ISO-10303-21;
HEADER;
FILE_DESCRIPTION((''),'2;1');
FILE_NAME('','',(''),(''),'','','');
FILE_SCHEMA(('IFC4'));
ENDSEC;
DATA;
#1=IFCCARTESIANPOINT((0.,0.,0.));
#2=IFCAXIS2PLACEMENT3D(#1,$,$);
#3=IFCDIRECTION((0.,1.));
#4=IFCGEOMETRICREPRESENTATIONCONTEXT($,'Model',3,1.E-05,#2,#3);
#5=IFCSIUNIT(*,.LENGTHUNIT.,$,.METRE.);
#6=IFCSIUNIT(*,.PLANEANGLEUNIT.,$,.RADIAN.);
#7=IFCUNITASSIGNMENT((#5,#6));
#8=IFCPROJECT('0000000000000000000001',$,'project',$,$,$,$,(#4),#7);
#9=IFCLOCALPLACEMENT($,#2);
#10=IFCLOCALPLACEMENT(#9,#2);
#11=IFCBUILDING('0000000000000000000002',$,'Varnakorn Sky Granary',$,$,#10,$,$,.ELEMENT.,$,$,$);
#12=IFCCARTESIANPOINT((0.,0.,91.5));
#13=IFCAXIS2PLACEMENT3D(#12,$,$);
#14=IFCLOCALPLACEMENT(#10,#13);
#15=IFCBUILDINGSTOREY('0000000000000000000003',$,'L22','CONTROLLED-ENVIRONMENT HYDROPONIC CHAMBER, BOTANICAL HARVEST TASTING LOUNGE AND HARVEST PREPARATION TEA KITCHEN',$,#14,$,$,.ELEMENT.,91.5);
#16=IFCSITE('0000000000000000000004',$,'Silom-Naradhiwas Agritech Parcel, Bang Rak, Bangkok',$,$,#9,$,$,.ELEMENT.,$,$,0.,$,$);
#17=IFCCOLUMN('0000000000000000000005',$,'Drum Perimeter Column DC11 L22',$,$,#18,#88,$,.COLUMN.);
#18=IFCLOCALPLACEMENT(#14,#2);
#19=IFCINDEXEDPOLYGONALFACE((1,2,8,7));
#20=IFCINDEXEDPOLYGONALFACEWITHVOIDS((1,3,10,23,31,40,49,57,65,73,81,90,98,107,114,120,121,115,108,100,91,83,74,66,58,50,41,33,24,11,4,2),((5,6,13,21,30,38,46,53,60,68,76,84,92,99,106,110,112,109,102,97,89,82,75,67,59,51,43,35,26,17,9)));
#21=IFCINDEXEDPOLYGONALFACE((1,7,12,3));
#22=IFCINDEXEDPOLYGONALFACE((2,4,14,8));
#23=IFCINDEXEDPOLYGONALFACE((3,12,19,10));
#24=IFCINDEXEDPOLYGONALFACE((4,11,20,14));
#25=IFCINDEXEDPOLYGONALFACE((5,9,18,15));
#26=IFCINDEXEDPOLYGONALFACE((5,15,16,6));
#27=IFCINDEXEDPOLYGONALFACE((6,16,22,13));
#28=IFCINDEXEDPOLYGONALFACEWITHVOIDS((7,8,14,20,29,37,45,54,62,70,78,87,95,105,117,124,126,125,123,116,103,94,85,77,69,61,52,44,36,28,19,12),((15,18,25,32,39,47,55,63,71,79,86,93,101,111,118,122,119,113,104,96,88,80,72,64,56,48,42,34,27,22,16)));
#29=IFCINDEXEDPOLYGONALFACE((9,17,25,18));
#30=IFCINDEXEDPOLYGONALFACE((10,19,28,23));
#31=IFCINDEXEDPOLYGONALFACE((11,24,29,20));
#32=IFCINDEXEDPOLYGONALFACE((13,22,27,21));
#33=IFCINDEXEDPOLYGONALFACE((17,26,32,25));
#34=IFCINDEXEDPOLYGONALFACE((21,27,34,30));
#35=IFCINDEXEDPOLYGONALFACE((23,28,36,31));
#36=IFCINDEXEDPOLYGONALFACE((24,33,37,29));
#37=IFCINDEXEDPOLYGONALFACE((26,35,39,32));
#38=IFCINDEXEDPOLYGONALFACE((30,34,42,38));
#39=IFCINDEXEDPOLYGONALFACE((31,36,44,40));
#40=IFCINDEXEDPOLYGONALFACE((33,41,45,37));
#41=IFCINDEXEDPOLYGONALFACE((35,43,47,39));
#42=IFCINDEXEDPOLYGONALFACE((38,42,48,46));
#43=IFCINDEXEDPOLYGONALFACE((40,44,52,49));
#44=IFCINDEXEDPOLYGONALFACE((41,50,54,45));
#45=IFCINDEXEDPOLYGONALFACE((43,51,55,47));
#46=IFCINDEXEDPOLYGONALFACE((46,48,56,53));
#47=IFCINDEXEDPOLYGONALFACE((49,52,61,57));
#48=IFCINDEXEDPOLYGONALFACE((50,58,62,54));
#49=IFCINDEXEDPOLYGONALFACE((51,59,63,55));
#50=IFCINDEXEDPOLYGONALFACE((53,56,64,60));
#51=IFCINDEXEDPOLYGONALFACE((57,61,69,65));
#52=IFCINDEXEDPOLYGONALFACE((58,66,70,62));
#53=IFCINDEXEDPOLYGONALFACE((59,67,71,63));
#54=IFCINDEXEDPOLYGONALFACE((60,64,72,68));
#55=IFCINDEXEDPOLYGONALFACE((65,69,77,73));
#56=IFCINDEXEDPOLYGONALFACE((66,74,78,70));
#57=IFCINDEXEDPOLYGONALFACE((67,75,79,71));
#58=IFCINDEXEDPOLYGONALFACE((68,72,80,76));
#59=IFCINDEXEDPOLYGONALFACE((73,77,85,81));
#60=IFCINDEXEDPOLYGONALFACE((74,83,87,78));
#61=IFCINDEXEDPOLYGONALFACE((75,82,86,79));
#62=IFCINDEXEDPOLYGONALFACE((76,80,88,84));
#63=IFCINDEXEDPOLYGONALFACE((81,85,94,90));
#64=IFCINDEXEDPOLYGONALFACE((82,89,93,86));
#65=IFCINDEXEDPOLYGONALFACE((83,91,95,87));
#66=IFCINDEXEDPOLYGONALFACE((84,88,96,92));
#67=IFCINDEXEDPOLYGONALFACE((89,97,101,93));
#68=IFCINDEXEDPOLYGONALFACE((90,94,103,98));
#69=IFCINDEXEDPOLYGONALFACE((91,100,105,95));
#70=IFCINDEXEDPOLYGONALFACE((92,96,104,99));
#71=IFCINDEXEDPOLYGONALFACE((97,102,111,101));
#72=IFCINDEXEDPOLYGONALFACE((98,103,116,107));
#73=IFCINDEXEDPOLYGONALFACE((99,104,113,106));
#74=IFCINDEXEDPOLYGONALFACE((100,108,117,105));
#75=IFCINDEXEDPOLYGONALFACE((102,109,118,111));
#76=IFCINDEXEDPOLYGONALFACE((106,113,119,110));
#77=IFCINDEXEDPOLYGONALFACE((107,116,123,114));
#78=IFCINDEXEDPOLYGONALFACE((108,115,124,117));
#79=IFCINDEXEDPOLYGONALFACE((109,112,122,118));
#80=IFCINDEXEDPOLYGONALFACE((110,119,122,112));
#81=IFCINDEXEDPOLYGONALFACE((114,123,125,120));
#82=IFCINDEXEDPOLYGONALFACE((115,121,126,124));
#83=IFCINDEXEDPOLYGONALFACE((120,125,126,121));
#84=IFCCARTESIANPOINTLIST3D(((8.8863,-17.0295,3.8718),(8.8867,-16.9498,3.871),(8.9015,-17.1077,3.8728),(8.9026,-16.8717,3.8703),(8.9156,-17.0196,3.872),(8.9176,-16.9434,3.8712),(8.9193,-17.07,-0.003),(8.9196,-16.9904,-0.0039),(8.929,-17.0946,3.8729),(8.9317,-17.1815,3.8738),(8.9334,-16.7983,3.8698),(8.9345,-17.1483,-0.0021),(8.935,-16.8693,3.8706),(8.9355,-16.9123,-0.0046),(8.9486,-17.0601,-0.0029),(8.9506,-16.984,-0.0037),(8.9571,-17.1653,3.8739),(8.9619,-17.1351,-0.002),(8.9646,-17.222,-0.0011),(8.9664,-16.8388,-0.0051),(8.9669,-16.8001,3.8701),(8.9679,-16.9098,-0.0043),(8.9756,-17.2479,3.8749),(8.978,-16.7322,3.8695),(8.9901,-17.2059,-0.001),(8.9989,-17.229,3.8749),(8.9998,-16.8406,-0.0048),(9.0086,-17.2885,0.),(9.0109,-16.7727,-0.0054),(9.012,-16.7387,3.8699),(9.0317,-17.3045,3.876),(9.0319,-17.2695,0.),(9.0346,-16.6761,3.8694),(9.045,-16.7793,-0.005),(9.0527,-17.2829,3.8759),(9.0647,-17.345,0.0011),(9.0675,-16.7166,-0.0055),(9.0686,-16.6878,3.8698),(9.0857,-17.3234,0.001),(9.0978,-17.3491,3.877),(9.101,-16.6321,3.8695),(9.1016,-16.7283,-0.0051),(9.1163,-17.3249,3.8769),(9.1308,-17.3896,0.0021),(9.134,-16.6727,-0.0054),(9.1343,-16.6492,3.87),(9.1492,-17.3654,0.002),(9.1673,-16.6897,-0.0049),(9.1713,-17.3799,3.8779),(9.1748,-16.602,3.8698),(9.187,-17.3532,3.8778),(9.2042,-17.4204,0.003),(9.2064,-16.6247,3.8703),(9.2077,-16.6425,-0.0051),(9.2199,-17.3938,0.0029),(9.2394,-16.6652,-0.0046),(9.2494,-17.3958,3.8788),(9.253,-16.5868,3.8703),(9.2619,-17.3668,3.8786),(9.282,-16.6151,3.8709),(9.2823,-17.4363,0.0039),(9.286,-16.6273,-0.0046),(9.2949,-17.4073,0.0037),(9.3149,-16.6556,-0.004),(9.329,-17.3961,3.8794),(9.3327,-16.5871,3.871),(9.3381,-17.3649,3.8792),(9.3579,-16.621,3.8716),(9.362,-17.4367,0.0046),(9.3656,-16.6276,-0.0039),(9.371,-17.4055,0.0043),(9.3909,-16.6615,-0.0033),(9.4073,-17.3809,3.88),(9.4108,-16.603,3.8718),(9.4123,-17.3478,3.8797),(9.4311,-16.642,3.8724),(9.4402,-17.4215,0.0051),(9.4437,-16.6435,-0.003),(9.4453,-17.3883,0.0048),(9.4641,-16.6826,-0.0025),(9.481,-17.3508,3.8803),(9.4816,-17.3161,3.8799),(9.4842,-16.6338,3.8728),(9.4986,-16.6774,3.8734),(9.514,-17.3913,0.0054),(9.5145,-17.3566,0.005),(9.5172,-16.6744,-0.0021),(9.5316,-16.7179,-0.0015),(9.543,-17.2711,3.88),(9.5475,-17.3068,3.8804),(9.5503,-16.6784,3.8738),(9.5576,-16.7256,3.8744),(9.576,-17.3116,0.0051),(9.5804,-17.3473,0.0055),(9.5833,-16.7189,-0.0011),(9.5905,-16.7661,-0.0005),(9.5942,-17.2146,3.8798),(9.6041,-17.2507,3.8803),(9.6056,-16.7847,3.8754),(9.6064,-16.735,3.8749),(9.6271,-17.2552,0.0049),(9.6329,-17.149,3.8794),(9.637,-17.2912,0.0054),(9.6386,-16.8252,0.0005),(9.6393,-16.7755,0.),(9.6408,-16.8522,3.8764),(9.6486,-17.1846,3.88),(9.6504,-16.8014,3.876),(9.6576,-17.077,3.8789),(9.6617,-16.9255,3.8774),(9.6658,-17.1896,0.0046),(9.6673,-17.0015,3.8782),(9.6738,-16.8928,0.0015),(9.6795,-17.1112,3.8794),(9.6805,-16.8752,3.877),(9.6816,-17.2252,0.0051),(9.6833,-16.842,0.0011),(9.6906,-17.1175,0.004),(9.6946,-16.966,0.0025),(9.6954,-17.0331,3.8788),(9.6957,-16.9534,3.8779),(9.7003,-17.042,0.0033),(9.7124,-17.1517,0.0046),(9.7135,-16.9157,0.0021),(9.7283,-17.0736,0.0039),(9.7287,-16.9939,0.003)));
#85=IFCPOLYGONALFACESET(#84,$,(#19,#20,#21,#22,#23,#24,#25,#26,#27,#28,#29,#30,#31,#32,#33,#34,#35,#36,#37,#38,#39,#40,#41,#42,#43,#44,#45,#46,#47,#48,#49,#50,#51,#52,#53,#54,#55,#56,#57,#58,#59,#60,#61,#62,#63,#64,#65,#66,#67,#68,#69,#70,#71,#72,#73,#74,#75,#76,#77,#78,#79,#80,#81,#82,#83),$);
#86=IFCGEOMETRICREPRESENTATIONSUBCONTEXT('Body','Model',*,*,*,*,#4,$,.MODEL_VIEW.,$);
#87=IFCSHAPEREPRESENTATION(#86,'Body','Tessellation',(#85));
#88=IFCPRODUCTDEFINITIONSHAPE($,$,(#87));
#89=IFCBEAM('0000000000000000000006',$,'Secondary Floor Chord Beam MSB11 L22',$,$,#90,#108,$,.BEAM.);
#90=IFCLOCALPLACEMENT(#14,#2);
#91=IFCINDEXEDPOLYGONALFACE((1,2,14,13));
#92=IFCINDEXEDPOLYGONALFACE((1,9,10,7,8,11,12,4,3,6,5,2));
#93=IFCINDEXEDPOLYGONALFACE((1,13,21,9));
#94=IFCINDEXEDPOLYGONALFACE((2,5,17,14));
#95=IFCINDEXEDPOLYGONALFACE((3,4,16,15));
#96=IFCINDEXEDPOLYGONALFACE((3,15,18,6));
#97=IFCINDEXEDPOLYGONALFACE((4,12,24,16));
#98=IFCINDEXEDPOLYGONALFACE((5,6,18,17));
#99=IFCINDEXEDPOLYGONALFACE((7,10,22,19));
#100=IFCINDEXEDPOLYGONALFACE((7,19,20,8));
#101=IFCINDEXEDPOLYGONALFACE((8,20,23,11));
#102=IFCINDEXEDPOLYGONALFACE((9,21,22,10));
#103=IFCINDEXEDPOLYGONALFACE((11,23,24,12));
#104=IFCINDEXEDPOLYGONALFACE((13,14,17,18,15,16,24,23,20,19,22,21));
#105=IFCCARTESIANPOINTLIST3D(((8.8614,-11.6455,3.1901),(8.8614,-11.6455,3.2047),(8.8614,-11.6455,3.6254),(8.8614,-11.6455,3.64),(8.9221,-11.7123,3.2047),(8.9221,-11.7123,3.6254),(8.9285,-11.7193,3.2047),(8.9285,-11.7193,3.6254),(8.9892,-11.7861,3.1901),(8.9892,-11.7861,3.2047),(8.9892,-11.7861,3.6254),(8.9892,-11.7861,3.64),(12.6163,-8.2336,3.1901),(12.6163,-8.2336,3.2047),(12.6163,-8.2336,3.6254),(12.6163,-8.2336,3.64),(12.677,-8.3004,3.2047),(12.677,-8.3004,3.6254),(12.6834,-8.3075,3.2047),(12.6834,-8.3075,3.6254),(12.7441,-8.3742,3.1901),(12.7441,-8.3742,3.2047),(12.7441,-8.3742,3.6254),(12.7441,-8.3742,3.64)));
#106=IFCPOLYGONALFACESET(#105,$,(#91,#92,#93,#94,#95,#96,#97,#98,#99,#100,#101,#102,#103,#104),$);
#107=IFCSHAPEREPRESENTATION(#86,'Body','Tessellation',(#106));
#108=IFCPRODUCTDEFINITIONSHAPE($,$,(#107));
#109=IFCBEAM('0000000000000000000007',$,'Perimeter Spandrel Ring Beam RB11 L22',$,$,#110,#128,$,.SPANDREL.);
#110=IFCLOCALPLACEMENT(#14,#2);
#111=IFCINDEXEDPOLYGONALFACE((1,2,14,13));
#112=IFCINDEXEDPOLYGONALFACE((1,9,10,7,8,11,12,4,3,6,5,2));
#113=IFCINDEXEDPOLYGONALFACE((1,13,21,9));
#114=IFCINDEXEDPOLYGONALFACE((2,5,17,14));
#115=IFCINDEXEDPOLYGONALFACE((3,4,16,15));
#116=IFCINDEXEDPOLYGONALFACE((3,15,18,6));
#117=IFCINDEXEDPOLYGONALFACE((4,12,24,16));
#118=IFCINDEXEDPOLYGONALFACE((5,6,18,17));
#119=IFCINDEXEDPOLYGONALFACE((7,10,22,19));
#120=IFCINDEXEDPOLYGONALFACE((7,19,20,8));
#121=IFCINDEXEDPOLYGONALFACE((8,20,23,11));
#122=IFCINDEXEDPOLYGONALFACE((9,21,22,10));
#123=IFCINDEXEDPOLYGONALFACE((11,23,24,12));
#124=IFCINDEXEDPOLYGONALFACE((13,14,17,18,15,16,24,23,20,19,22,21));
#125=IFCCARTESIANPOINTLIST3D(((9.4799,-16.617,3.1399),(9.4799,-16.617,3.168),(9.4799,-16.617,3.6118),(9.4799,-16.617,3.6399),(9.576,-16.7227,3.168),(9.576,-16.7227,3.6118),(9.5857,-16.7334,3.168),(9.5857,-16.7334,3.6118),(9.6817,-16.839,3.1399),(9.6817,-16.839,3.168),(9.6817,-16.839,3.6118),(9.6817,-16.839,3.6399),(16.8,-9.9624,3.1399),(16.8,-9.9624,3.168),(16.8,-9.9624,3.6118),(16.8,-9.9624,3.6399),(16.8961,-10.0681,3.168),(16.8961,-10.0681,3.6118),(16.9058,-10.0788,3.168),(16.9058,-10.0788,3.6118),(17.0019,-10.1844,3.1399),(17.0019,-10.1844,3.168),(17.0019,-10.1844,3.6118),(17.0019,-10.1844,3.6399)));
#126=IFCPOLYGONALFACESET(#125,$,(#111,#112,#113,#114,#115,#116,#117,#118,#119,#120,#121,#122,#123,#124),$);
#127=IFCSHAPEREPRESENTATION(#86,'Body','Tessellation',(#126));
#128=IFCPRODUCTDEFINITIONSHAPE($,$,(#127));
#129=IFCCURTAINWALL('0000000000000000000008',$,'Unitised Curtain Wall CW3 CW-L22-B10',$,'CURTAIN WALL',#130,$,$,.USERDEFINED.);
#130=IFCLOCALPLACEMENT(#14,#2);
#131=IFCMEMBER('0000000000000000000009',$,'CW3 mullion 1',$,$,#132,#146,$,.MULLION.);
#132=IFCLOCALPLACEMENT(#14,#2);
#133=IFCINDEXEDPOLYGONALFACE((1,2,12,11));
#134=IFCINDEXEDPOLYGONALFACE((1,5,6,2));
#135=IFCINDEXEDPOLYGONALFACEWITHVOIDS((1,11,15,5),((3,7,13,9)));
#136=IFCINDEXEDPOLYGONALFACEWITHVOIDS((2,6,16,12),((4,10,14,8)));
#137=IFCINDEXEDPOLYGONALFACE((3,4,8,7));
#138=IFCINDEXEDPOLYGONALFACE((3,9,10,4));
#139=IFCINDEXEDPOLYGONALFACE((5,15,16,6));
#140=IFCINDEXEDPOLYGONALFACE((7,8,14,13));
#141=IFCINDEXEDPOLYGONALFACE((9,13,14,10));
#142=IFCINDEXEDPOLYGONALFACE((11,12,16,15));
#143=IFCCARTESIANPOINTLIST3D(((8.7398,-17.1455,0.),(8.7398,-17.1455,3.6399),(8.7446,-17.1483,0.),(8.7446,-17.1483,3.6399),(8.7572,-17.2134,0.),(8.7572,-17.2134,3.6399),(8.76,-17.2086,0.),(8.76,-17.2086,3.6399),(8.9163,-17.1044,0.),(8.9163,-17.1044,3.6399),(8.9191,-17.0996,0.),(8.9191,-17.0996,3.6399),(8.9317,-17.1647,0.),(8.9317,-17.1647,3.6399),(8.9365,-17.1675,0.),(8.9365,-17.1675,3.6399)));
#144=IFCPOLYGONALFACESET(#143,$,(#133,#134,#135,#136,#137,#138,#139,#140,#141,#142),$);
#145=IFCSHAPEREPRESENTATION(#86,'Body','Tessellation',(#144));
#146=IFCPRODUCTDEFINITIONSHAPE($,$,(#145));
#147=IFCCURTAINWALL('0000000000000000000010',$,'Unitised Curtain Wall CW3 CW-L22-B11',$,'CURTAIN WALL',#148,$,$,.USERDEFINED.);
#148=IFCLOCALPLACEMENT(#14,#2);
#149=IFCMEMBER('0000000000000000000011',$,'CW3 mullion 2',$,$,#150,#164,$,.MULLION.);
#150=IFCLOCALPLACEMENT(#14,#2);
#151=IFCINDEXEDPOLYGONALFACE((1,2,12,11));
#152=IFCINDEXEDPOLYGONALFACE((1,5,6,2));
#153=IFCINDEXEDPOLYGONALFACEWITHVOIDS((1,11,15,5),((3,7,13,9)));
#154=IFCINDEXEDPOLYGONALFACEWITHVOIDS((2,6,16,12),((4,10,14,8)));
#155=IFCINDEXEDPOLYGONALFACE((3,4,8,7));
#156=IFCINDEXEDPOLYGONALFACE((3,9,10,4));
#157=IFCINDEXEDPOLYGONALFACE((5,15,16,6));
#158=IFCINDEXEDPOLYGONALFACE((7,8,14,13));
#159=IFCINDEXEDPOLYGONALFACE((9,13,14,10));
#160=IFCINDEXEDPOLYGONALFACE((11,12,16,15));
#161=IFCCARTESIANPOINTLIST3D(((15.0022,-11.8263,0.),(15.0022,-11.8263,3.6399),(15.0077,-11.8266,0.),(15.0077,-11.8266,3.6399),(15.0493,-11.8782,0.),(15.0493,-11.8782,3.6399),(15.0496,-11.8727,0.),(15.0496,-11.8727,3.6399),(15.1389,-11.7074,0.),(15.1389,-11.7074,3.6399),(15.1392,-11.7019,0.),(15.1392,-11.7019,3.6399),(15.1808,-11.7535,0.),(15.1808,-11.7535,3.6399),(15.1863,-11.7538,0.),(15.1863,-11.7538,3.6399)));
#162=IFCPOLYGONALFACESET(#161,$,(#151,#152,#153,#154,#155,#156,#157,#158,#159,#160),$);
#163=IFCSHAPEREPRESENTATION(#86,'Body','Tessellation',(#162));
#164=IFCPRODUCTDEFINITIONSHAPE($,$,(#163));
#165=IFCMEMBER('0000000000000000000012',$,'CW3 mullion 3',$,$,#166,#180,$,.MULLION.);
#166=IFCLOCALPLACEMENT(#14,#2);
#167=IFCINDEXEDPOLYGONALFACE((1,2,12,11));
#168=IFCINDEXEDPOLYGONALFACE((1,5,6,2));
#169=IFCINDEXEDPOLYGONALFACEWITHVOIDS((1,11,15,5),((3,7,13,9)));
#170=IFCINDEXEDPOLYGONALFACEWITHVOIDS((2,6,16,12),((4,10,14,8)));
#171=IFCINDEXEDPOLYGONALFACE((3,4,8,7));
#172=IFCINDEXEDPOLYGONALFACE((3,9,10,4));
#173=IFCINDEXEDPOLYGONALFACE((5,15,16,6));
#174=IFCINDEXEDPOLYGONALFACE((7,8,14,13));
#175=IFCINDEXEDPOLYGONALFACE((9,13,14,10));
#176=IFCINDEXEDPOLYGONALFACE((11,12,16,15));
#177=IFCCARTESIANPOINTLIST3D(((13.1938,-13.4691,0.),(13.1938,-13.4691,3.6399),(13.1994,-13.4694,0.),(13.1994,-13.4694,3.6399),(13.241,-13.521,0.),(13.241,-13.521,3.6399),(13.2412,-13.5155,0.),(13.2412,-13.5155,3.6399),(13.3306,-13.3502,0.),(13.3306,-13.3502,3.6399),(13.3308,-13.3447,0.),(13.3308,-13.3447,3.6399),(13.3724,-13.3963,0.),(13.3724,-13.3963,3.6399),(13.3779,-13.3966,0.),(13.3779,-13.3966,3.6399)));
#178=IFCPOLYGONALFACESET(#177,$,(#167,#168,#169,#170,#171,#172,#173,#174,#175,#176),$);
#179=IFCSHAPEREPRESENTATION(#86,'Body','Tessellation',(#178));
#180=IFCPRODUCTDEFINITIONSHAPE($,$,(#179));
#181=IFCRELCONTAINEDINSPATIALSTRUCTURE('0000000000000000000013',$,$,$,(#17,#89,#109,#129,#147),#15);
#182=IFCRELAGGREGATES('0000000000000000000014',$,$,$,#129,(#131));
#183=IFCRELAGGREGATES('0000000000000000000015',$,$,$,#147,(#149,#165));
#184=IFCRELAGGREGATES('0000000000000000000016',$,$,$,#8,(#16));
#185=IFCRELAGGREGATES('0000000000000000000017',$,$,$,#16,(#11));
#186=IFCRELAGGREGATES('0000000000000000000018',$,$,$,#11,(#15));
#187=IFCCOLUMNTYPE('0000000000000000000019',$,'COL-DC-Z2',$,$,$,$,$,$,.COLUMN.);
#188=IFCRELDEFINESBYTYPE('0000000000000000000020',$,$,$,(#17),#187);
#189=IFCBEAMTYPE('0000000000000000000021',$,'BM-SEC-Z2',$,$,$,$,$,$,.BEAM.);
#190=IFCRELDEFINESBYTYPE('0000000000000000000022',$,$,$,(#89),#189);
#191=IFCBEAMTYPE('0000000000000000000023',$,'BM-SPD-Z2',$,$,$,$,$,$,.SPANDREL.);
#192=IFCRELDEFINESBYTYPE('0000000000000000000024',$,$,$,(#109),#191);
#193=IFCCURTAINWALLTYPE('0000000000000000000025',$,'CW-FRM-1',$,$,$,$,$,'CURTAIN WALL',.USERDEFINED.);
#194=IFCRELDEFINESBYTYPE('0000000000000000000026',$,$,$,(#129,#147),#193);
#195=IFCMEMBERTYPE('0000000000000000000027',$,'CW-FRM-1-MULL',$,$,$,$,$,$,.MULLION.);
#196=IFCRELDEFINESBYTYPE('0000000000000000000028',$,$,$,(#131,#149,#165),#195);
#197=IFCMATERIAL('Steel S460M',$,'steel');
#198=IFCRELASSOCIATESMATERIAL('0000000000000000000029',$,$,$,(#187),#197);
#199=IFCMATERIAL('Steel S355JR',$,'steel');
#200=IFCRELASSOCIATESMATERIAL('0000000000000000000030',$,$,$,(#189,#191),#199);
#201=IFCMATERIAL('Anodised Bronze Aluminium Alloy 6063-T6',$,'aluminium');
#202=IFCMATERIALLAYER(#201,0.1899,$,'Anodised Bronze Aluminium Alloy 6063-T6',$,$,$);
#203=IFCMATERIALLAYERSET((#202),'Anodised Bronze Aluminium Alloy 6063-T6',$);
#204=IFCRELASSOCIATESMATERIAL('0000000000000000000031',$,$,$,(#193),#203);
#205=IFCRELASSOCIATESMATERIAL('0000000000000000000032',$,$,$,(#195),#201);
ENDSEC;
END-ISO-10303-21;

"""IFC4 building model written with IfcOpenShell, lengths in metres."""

from ifc_helpers import new_model, si_unit, direction, frame, origin, origin_2d, place, context, subcontext, project, spatial, hollow_rectangle, hollow_circle, i_section, extrude, material, layer, layer_set, material_profile, profile_set, type_object, element, aggregate, save


model = new_model("IFC4")

# Units and contexts
model_context = context("Model", 3, precision=1e-05, world=origin(), true_north=direction((0.0, 1.0)))
body_context = subcontext(model_context, "Body", "Model", "MODEL_VIEW")
ifc_project = project(units=[si_unit("LENGTHUNIT", "METRE"), si_unit("PLANEANGLEUNIT", "RADIAN")], contexts=[model_context])

# Site, building, storey
site_placement = place(None, origin())
site = spatial("IfcSite", under=ifc_project, at=site_placement, Name="Silom-Naradhiwas Agritech Parcel, Bang Rak, Bangkok", CompositionType="ELEMENT", RefElevation=0.0)
building_placement = place(site_placement, origin())
building = spatial("IfcBuilding", under=site, at=building_placement, Name="Varnakorn Sky Granary", CompositionType="ELEMENT")
storey_placement = place(building_placement, frame((0.0, 0.0, 91.5)))
storey = spatial("IfcBuildingStorey", under=building, at=storey_placement, Name="L22", Description="CONTROLLED-ENVIRONMENT HYDROPONIC CHAMBER, BOTANICAL HARVEST TASTING LOUNGE AND HARVEST PREPARATION TEA KITCHEN", CompositionType="ELEMENT", Elevation=91.5)

# Column
ifc_material_1 = material(Name="Steel S460M", Category="steel")
ifc_material_profile_1 = material_profile(ifc_material_1, hollow_circle(Radius=0.4065, WallThickness=0.03, at=origin_2d()), Name="CHS 813x30")
ifc_profile_set_1 = profile_set([ifc_material_profile_1], Name="Steel S460M")
column_type = type_object("IfcColumnType", Name="COL-DC-Z2", PredefinedType="COLUMN", material=ifc_profile_set_1)
column_placement = place(storey_placement, frame((9.324, -17.032, 0.0), z_axis=(-0.008505, 0.010458, 0.999909), x_axis=(-0.775828, -0.630944, 0.0)))
element("IfcColumn", 1, at=column_placement, inside=storey, type_object=column_type, Name="Drum Perimeter Column DC11 L22", PredefinedType="COLUMN", context=body_context, shape_type="SweptSolid", body=[
    extrude(hollow_circle(Radius=0.4065, WallThickness=0.03, at=origin_2d()), origin(), (0.0, 0.0, 1.0), 3.8752),
])

# Beams
ifc_material_2 = material(Name="Steel S355JR", Category="steel")
ifc_material_profile_2 = material_profile(ifc_material_2, i_section(OverallWidth=0.1899, OverallDepth=0.45, WebThickness=0.0095, FlangeThickness=0.0146, at=origin_2d()), Name="IPE 450")
ifc_profile_set_2 = profile_set([ifc_material_profile_2], Name="Steel S355JR")
beam_type_1 = type_object("IfcBeamType", Name="BM-SEC-Z2", PredefinedType="BEAM", material=ifc_profile_set_2)
beam_1_placement = place(storey_placement, frame((8.9253, -11.7158, 3.415), z_axis=(0.740103, 0.672493, 0.0), x_axis=(-0.672493, 0.740103, 0.0)))
element("IfcBeam", 2, at=beam_1_placement, inside=storey, type_object=beam_type_1, Name="Secondary Floor Chord Beam MSB11 L22", PredefinedType="BEAM", context=body_context, shape_type="SweptSolid", body=[
    extrude(i_section(OverallWidth=0.1899, OverallDepth=0.45, WebThickness=0.0095, FlangeThickness=0.0146, at=origin_2d()), origin(), (0.0, 0.0, 1.0), 5.0735),
])
ifc_material_profile_3 = material_profile(ifc_material_2, i_section(OverallWidth=0.3, OverallDepth=0.5, WebThickness=0.0144, FlangeThickness=0.0281, at=origin_2d()), Name="HE 500 B")
ifc_profile_set_3 = profile_set([ifc_material_profile_3], Name="Steel S355JR")
beam_type_2 = type_object("IfcBeamType", Name="BM-SPD-Z2", PredefinedType="SPANDREL", material=ifc_profile_set_3)
beam_2_placement = place(storey_placement, frame((9.5808, -16.728, 3.3899), z_axis=(0.739943, 0.672669, 0.0), x_axis=(-0.672669, 0.739943, 0.0)))
element("IfcBeam", 3, at=beam_2_placement, inside=storey, type_object=beam_type_2, Name="Perimeter Spandrel Ring Beam RB11 L22", PredefinedType="SPANDREL", context=body_context, shape_type="SweptSolid", body=[
    extrude(i_section(OverallWidth=0.3, OverallDepth=0.5, WebThickness=0.0144, FlangeThickness=0.0281, at=origin_2d()), origin(), (0.0, 0.0, 1.0), 9.8928),
])

# Curtain wall, member
ifc_material_3 = material(Name="Anodised Bronze Aluminium Alloy 6063-T6", Category="aluminium")
ifc_layer_1 = layer(ifc_material_3, 0.1899, Name="Anodised Bronze Aluminium Alloy 6063-T6")
ifc_layer_set_1 = layer_set([ifc_layer_1], Name="Anodised Bronze Aluminium Alloy 6063-T6")
curtain_wall_type = type_object("IfcCurtainWallType", Name="CW-FRM-1", ElementType="CURTAIN WALL", PredefinedType="USERDEFINED", material=ifc_layer_set_1)
curtain_wall_1_placement = place(storey_placement, origin())
curtain_wall_1 = element("IfcCurtainWall", 4, at=curtain_wall_1_placement, inside=storey, type_object=curtain_wall_type, Name="Unitised Curtain Wall CW3 CW-L22-B10", ObjectType="CURTAIN WALL", PredefinedType="USERDEFINED")
ifc_material_profile_4 = material_profile(ifc_material_3, hollow_rectangle(XDim=0.0701, YDim=0.1851, WallThickness=0.0039, at=origin_2d()), Name="ALU MULL 70x185")
ifc_profile_set_4 = profile_set([ifc_material_profile_4], Name="Anodised Bronze Aluminium Alloy 6063-T6")
member_type_1 = type_object("IfcMemberType", Name="CW-FRM-1-MULL", PredefinedType="MULLION", material=ifc_profile_set_4)
member_1_placement = place(storey_placement, frame((8.8381, -17.1565, 0.0), z_axis=(0.0, 0.0, 1.0), x_axis=(0.247904, -0.968785, 0.0)))
member_1 = element("IfcMember", 5, at=member_1_placement, type_object=member_type_1, Name="CW3 mullion 1", PredefinedType="MULLION", context=body_context, shape_type="SweptSolid", body=[
    extrude(hollow_rectangle(XDim=0.0701, YDim=0.1851, WallThickness=0.0039, at=origin_2d()), origin(), (0.0, 0.0, 1.0), 3.6399),
])

# Curtain wall, members
curtain_wall_2_placement = place(storey_placement, origin())
curtain_wall_2 = element("IfcCurtainWall", 6, at=curtain_wall_2_placement, inside=storey, type_object=curtain_wall_type, Name="Unitised Curtain Wall CW3 CW-L22-B11", ObjectType="CURTAIN WALL", PredefinedType="USERDEFINED")
member_2_placement = place(storey_placement, frame((15.0942, -11.79, 0.0), z_axis=(0.0, 0.0, 1.0), x_axis=(0.672429, -0.740161, 0.0)))
member_2 = element("IfcMember", 7, at=member_2_placement, type_object=member_type_1, Name="CW3 mullion 2", PredefinedType="MULLION", context=body_context, shape_type="SweptSolid", body=[
    extrude(hollow_rectangle(XDim=0.0701, YDim=0.1851, WallThickness=0.0039, at=origin_2d()), origin(), (0.0, 0.0, 1.0), 3.6399),
])
member_3_placement = place(storey_placement, frame((13.2859, -13.4329, 0.0), z_axis=(0.0, 0.0, 1.0), x_axis=(0.672429, -0.740161, 0.0)))
member_3 = element("IfcMember", 8, at=member_3_placement, type_object=member_type_1, Name="CW3 mullion 3", PredefinedType="MULLION", context=body_context, shape_type="SweptSolid", body=[
    extrude(hollow_rectangle(XDim=0.0701, YDim=0.1851, WallThickness=0.0039, at=origin_2d()), origin(), (0.0, 0.0, 1.0), 3.6399),
])

aggregate(curtain_wall_1, [member_1])

aggregate(curtain_wall_2, [member_2, member_3])

save(model, "model.ifc")
